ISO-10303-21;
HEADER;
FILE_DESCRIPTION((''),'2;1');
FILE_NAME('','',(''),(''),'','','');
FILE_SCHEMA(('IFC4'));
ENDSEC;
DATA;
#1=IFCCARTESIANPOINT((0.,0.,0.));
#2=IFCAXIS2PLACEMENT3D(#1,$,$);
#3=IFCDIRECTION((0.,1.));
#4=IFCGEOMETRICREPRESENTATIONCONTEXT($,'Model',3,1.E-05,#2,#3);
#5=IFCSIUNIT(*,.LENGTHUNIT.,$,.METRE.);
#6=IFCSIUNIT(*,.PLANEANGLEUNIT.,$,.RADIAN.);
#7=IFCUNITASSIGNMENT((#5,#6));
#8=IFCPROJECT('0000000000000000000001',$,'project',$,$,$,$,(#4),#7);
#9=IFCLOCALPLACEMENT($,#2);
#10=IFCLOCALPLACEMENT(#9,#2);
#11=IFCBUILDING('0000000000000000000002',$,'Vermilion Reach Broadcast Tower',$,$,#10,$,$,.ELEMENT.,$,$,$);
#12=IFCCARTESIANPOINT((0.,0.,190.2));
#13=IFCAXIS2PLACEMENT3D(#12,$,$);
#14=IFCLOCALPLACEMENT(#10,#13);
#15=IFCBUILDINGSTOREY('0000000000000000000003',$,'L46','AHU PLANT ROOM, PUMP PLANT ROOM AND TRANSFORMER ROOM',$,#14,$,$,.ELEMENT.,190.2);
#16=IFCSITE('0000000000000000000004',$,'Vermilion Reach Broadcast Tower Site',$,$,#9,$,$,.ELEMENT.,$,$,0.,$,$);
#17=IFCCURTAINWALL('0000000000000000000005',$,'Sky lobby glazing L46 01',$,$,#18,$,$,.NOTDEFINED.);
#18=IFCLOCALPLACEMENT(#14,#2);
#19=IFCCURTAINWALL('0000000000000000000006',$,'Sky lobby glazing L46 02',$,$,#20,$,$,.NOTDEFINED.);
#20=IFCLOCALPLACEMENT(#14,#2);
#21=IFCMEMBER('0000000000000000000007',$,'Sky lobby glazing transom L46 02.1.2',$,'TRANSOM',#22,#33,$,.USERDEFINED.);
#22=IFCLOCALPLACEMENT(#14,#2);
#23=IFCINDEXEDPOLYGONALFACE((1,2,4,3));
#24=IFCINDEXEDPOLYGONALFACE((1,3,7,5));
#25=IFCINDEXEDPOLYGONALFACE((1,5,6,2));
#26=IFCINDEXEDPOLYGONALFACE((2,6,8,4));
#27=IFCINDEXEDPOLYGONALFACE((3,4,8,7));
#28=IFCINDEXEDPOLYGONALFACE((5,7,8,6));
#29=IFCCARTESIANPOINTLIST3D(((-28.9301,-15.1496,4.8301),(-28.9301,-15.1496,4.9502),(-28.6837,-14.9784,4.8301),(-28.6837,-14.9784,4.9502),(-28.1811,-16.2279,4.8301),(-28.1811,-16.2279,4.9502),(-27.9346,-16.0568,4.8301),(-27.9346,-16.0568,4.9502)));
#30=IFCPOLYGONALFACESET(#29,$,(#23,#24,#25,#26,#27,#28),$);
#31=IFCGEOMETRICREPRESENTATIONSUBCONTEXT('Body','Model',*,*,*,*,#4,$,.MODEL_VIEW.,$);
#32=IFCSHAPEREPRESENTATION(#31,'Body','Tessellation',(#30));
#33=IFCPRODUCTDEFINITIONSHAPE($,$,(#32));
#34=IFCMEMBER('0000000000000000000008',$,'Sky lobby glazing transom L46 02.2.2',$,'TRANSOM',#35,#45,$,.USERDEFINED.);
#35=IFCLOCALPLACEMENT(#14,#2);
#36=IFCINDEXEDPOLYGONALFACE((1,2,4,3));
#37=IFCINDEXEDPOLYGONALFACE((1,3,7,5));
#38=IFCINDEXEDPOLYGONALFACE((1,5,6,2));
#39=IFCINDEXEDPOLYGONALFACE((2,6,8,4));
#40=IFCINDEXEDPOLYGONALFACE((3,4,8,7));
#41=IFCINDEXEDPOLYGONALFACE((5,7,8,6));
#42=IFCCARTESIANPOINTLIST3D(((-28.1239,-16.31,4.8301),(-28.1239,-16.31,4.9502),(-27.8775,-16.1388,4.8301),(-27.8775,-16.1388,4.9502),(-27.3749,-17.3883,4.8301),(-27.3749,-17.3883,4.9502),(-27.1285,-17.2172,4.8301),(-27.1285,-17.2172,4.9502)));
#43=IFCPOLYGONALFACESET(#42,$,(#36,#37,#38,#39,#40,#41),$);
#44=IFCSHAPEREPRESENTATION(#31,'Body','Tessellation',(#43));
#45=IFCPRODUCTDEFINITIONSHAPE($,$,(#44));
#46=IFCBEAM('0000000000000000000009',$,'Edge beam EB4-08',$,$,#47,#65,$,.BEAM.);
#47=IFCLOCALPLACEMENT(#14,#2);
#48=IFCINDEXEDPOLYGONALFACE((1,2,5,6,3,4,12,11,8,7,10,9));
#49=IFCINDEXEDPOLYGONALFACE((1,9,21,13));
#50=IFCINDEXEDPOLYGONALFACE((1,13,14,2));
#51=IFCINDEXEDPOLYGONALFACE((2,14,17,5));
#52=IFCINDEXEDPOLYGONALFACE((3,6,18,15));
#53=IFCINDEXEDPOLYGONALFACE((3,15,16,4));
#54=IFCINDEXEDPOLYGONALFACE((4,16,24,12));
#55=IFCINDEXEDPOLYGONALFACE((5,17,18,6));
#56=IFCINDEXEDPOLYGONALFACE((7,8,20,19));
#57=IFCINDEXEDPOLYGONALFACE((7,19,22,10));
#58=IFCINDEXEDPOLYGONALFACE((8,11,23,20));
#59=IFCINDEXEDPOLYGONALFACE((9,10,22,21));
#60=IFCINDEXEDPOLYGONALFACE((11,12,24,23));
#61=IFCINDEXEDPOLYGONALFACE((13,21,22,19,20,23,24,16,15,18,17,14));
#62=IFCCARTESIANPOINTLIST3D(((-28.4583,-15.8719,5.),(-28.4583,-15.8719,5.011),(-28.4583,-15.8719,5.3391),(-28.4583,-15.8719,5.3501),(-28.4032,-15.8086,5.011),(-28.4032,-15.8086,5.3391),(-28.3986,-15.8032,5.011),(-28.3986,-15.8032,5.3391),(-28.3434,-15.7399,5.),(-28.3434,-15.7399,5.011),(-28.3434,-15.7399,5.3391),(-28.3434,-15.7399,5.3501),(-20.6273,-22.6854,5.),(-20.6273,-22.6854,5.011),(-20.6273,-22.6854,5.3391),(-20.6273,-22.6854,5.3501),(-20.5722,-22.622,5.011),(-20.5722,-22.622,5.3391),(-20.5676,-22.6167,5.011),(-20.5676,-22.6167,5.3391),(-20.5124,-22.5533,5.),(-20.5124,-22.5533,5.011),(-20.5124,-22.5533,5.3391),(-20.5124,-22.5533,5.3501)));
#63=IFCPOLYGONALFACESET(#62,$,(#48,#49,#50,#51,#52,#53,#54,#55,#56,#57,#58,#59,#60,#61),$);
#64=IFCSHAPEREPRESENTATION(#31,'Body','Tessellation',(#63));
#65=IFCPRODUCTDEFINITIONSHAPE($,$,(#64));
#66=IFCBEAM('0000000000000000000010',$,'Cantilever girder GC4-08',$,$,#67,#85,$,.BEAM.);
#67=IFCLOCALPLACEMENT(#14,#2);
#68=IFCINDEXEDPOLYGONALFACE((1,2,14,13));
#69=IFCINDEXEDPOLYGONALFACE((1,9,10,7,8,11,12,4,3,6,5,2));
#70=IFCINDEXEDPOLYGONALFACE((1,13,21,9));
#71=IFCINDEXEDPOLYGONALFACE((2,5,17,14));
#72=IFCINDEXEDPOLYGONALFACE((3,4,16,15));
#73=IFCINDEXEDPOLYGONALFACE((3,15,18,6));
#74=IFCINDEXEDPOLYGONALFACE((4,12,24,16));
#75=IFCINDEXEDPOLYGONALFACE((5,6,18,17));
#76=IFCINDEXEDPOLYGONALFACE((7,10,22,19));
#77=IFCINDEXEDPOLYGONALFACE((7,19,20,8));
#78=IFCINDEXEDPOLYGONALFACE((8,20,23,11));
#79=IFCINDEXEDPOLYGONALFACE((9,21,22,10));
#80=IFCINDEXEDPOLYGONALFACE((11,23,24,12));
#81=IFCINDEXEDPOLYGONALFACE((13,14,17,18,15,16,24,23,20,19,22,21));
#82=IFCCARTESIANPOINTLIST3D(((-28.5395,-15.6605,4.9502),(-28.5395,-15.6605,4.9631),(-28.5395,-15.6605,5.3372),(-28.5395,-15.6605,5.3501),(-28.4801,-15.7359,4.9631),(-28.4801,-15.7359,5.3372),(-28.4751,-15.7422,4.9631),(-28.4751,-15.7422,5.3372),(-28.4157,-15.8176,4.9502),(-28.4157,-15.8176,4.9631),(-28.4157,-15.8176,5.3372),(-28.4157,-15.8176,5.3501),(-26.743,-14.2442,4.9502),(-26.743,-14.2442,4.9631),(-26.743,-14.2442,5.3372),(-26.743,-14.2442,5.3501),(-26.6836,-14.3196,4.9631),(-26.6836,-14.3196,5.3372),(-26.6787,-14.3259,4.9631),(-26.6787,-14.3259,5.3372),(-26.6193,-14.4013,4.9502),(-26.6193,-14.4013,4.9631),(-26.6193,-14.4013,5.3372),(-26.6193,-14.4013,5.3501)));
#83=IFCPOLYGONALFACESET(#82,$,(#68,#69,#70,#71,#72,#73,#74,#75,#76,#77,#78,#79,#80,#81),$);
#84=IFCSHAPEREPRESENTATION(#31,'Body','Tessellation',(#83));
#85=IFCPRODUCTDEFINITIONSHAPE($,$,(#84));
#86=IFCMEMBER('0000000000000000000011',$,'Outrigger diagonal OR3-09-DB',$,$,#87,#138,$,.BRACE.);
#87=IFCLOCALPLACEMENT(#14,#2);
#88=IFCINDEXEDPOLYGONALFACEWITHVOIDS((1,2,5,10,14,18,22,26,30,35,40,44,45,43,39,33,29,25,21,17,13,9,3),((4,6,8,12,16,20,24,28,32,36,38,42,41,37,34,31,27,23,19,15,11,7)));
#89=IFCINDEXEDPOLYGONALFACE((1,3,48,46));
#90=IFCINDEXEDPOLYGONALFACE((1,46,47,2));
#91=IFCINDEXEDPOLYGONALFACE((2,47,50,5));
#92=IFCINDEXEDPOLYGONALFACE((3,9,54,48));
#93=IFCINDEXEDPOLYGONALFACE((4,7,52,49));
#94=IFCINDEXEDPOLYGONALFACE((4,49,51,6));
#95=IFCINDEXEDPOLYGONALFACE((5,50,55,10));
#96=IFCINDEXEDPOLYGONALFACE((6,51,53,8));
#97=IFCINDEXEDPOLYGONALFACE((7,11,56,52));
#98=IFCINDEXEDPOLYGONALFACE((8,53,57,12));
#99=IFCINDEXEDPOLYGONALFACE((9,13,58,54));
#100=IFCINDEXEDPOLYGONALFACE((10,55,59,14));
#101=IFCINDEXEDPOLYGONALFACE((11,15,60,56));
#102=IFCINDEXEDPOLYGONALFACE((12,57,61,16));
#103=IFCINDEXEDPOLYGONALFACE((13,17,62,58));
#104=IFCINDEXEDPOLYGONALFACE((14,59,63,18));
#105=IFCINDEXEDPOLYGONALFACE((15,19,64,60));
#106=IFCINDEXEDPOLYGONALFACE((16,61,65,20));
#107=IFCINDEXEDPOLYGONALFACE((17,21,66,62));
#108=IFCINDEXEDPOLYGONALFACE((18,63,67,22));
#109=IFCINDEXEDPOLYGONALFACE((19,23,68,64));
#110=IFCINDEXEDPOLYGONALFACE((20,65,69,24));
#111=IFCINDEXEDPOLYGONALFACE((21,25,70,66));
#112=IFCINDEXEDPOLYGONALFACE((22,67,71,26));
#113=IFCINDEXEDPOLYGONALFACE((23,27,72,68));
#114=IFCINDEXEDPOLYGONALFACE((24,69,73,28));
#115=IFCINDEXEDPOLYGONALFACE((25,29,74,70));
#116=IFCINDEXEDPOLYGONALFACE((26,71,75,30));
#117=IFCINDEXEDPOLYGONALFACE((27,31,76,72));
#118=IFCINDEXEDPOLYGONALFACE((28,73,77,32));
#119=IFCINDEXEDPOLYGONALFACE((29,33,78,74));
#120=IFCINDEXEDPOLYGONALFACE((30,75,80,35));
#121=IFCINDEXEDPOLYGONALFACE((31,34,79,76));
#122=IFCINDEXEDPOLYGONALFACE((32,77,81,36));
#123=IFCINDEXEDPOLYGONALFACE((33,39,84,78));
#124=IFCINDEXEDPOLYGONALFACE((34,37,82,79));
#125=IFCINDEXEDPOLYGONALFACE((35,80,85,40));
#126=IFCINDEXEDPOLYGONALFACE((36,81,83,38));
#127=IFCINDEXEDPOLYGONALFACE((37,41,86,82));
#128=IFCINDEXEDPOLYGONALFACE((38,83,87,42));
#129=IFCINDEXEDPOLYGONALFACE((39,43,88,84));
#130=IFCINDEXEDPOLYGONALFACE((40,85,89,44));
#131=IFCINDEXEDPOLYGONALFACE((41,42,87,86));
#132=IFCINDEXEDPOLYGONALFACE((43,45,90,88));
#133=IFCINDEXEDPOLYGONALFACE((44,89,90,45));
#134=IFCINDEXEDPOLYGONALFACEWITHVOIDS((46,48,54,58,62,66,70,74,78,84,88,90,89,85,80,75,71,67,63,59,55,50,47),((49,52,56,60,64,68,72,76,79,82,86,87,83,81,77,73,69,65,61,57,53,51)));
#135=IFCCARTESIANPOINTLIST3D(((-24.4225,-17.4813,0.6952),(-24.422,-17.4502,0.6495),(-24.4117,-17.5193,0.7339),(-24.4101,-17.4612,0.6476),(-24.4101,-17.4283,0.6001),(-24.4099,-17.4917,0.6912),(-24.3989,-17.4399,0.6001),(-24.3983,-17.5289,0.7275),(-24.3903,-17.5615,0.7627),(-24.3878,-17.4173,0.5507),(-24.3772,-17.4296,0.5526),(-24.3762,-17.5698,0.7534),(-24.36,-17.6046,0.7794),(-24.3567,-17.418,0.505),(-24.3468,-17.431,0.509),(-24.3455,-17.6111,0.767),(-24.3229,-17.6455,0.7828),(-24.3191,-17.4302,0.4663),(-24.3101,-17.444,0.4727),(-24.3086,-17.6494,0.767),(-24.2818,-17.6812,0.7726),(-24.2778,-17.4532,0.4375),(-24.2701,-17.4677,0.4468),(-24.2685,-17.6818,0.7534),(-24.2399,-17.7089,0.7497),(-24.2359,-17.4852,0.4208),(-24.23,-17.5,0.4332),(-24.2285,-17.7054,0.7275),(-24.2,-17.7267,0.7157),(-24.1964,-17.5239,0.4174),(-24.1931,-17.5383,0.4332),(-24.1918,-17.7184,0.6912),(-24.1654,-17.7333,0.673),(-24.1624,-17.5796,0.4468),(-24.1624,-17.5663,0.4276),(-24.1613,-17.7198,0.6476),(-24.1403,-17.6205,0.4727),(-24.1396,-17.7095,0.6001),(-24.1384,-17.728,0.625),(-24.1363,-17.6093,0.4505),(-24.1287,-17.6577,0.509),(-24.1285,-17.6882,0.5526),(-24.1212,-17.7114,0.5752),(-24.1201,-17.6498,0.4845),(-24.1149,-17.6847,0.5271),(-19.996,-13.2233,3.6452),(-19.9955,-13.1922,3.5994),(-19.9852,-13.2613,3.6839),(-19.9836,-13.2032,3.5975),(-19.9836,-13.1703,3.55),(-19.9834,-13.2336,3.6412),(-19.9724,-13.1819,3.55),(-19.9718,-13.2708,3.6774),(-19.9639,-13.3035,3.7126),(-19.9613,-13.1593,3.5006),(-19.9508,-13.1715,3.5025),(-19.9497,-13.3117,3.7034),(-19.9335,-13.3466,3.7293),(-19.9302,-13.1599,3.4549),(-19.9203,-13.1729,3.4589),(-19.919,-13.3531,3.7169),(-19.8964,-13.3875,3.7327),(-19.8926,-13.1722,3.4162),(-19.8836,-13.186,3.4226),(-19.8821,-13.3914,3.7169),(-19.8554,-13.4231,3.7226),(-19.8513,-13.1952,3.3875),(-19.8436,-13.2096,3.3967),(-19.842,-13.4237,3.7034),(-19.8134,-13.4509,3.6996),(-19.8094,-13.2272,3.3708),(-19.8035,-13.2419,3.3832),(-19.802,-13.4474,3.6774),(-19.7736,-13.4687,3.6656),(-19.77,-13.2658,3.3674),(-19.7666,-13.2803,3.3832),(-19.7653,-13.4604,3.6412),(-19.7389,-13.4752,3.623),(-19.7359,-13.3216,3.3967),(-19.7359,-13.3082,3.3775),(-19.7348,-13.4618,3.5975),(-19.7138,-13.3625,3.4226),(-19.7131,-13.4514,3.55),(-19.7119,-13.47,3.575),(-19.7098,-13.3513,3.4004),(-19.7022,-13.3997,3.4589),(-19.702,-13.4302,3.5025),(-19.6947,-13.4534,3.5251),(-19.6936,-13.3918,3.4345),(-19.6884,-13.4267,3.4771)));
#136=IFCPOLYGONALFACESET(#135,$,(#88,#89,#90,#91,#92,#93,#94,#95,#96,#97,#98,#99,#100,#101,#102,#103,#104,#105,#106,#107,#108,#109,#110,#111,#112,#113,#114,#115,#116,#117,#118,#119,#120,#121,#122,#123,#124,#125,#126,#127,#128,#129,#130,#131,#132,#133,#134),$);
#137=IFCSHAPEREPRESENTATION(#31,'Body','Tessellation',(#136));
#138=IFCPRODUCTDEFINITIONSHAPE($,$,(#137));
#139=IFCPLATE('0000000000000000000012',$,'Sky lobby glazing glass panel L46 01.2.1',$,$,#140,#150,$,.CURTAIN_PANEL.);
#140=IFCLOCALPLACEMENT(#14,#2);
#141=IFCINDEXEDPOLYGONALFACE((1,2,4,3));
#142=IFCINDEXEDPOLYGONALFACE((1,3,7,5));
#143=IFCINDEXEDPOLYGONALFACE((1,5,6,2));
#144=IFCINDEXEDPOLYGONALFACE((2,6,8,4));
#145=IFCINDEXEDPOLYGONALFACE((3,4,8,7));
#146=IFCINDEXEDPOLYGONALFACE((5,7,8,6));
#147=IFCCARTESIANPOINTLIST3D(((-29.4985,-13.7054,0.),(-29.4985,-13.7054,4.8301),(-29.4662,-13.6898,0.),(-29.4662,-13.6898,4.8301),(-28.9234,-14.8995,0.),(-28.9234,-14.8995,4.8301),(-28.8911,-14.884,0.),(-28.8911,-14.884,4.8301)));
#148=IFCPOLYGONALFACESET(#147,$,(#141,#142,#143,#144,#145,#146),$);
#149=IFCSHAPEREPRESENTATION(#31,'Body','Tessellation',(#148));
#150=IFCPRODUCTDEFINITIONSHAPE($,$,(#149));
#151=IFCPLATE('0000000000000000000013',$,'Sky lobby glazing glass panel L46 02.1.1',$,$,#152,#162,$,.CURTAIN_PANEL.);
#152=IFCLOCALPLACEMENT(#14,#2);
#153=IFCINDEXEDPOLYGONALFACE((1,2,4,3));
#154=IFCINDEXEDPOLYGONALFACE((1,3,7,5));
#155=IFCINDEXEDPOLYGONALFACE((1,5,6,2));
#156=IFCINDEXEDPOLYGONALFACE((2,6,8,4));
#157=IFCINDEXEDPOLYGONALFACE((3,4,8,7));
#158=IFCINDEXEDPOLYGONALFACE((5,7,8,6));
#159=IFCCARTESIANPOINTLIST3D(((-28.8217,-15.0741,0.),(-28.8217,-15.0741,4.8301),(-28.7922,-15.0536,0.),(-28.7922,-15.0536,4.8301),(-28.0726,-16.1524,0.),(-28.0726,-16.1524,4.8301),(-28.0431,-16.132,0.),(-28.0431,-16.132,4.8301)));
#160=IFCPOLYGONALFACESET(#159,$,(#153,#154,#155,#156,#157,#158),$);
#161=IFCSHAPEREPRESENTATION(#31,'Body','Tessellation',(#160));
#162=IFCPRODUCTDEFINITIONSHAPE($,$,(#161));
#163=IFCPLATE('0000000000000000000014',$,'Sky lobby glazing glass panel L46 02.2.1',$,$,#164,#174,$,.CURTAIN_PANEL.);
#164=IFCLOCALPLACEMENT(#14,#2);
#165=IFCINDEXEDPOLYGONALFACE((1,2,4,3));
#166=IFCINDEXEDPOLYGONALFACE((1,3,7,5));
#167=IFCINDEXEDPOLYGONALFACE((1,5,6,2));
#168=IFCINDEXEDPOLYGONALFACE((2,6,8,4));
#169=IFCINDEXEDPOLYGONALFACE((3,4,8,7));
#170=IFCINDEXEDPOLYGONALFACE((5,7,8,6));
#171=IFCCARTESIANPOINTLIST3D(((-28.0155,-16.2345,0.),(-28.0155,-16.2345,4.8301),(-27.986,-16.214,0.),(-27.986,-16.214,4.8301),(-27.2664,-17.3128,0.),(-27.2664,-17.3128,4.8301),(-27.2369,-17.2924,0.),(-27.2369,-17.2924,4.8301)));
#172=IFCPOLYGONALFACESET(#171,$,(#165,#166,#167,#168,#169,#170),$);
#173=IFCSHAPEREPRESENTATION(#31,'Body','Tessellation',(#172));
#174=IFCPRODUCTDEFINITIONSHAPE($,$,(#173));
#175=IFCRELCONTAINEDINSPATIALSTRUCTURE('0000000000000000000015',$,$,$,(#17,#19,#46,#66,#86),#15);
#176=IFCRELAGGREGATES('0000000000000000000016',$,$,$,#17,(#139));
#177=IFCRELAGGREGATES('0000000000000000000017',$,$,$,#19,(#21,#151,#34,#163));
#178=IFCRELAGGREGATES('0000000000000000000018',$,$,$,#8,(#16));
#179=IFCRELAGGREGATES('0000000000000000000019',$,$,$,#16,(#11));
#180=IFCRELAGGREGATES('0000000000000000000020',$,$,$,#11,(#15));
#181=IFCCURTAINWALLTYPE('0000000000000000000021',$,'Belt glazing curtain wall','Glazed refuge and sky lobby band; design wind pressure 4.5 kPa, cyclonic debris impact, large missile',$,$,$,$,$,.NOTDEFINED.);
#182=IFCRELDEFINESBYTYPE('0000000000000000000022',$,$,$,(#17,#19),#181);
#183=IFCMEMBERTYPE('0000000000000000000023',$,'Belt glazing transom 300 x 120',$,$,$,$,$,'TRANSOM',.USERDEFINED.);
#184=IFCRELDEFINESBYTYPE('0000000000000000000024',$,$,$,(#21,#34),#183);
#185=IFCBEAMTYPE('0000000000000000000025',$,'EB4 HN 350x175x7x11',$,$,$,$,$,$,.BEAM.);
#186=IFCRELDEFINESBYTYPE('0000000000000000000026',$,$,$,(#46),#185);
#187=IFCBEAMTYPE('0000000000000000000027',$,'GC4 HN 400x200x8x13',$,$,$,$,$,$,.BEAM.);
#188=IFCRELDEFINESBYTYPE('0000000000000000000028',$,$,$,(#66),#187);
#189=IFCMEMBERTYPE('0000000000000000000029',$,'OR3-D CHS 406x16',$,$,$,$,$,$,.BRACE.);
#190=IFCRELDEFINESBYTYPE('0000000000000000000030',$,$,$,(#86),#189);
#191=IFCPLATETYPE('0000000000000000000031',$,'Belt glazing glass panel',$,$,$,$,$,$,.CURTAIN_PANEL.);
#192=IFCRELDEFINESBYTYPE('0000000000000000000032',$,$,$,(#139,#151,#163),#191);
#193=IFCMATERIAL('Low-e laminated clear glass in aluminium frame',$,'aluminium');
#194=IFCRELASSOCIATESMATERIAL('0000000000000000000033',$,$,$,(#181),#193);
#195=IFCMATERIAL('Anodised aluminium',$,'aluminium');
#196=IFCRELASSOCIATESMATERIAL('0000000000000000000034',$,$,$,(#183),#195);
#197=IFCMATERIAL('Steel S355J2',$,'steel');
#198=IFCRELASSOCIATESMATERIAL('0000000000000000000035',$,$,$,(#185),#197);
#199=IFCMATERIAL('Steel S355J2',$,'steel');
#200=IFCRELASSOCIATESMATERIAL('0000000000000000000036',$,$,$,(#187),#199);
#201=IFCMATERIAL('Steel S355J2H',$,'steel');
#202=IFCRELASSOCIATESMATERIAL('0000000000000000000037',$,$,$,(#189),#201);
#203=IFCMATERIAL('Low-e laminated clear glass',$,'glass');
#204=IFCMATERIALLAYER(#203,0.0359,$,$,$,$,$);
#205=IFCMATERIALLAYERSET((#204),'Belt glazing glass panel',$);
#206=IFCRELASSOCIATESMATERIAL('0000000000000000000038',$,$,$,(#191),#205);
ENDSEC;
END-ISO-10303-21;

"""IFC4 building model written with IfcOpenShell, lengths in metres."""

from ifc_helpers import new_model, si_unit, direction, frame, origin, origin_2d, place, context, subcontext, project, spatial, rectangle, hollow_circle, i_section, extrude, material, layer, layer_set, material_profile, profile_set, type_object, element, aggregate, save


model = new_model("IFC4")

# Units and contexts
model_context = context("Model", 3, precision=1e-05, world=origin(), true_north=direction((0.0, 1.0)))
body_context = subcontext(model_context, "Body", "Model", "MODEL_VIEW")
ifc_project = project(units=[si_unit("LENGTHUNIT", "METRE"), si_unit("PLANEANGLEUNIT", "RADIAN")], contexts=[model_context])

# Site, building, storey
site_placement = place(None, origin())
site = spatial("IfcSite", under=ifc_project, at=site_placement, Name="Vermilion Reach Broadcast Tower Site", CompositionType="ELEMENT", RefElevation=0.0)
building_placement = place(site_placement, origin())
building = spatial("IfcBuilding", under=site, at=building_placement, Name="Vermilion Reach Broadcast Tower", CompositionType="ELEMENT")
storey_placement = place(building_placement, frame((0.0, 0.0, 190.2)))
storey = spatial("IfcBuildingStorey", under=building, at=storey_placement, Name="L46", Description="AHU PLANT ROOM, PUMP PLANT ROOM AND TRANSFORMER ROOM", CompositionType="ELEMENT", Elevation=190.2)

# Curtain walls
ifc_material_1 = material(Name="Low-e laminated clear glass in aluminium frame", Category="aluminium")
curtain_wall_type = type_object("IfcCurtainWallType", Name="Belt glazing curtain wall", Description="Glazed refuge and sky lobby band; design wind pressure 4.5 kPa, cyclonic debris impact, large missile", PredefinedType="NOTDEFINED", material=ifc_material_1)
placement = place(storey_placement, origin())
curtain_wall_1 = element("IfcCurtainWall", 1, at=placement, inside=storey, type_object=curtain_wall_type, Name="Sky lobby glazing L46 01", PredefinedType="NOTDEFINED")
curtain_wall_2 = element("IfcCurtainWall", 2, at=placement, inside=storey, type_object=curtain_wall_type, Name="Sky lobby glazing L46 02", PredefinedType="NOTDEFINED")

# Members
ifc_material_2 = material(Name="Anodised aluminium", Category="aluminium")
ifc_material_profile_1 = material_profile(ifc_material_2, rectangle(XDim=0.3, YDim=0.1201, at=origin_2d()), Name="Belt glazing transom 300 x 120")
ifc_profile_set_1 = profile_set([ifc_material_profile_1], Name="Anodised aluminium")
member_type_1 = type_object("IfcMemberType", Name="Belt glazing transom 300 x 120", ElementType="TRANSOM", PredefinedType="USERDEFINED", material=ifc_profile_set_1)
member_1_placement = place(storey_placement, frame((-28.8069, -15.064, 4.8901), z_axis=(0.570476, -0.821314, 0.0), x_axis=(0.821314, 0.570476, 0.0)))
member_1 = element("IfcMember", 3, at=member_1_placement, type_object=member_type_1, Name="Sky lobby glazing transom L46 02.1.2", ObjectType="TRANSOM", PredefinedType="USERDEFINED", context=body_context, shape_type="SweptSolid", body=[
    extrude(rectangle(XDim=0.3, YDim=0.1201, at=origin_2d()), origin(), (0.0, 0.0, 1.0), 1.313),
])
member_2_placement = place(storey_placement, frame((-28.0007, -16.2244, 4.8901), z_axis=(0.570476, -0.821314, 0.0), x_axis=(0.821314, 0.570476, 0.0)))
member_2 = element("IfcMember", 4, at=member_2_placement, type_object=member_type_1, Name="Sky lobby glazing transom L46 02.2.2", ObjectType="TRANSOM", PredefinedType="USERDEFINED", context=body_context, shape_type="SweptSolid", body=[
    extrude(rectangle(XDim=0.3, YDim=0.1201, at=origin_2d()), origin(), (0.0, 0.0, 1.0), 1.313),
])

# Beams
ifc_material_3 = material(Name="Steel S355J2", Category="steel")
ifc_material_profile_2 = material_profile(ifc_material_3, i_section(OverallWidth=0.175, OverallDepth=0.3501, WebThickness=0.0071, FlangeThickness=0.011, at=origin_2d()), Name="S355J2 HN 350x175x7x11")
ifc_profile_set_2 = profile_set([ifc_material_profile_2], Name="Steel S355J2")
beam_type_1 = type_object("IfcBeamType", Name="EB4 HN 350x175x7x11", PredefinedType="BEAM", material=ifc_profile_set_2)
beam_1_placement = place(storey_placement, frame((-28.4009, -15.8059, 5.175), z_axis=(0.754421, -0.656391, 0.0), x_axis=(0.656391, 0.754421, 0.0)))
element("IfcBeam", 5, at=beam_1_placement, inside=storey, type_object=beam_type_1, Name="Edge beam EB4-08", PredefinedType="BEAM", context=body_context, shape_type="SweptSolid", body=[
    extrude(i_section(OverallWidth=0.175, OverallDepth=0.3501, WebThickness=0.0071, FlangeThickness=0.011, at=origin_2d()), origin(), (0.0, 0.0, 1.0), 10.3801),
])
ifc_material_4 = material(Name="Steel S355J2", Category="steel")
ifc_material_profile_3 = material_profile(ifc_material_4, i_section(OverallWidth=0.2, OverallDepth=0.3999, WebThickness=0.0081, FlangeThickness=0.0129, at=origin_2d()), Name="S355J2 HN 400x200x8x13")
ifc_profile_set_3 = profile_set([ifc_material_profile_3], Name="Steel S355J2")
beam_type_2 = type_object("IfcBeamType", Name="GC4 HN 400x200x8x13", PredefinedType="BEAM", material=ifc_profile_set_3)
beam_2_placement = place(storey_placement, frame((-26.6812, -14.3228, 5.1501), z_axis=(-0.785295, -0.619122, 0.0), x_axis=(0.619122, -0.785295, 0.0)))
element("IfcBeam", 6, at=beam_2_placement, inside=storey, type_object=beam_type_2, Name="Cantilever girder GC4-08", PredefinedType="BEAM", context=body_context, shape_type="SweptSolid", body=[
    extrude(i_section(OverallWidth=0.2, OverallDepth=0.3999, WebThickness=0.0081, FlangeThickness=0.0129, at=origin_2d()), origin(), (0.0, 0.0, 1.0), 2.2876),
])

# Member
ifc_material_5 = material(Name="Steel S355J2H", Category="steel")
ifc_material_profile_4 = material_profile(ifc_material_5, hollow_circle(Radius=0.2031, WallThickness=0.0161, at=origin_2d()), Name="S355J2H CHS 406x16")
ifc_profile_set_4 = profile_set([ifc_material_profile_4], Name="Steel S355J2H")
member_type_2 = type_object("IfcMemberType", Name="OR3-D CHS 406x16", PredefinedType="BRACE", material=ifc_profile_set_4)
member_3_placement = place(storey_placement, frame((-24.2693, -17.5747, 0.6001), z_axis=(0.649644, 0.624921, 0.43294), x_axis=(-0.69326, 0.720687, 0.0)))
element("IfcMember", 7, at=member_3_placement, inside=storey, type_object=member_type_2, Name="Outrigger diagonal OR3-09-DB", PredefinedType="BRACE", context=body_context, shape_type="SweptSolid", body=[
    extrude(hollow_circle(Radius=0.2031, WallThickness=0.0161, at=origin_2d()), origin(), (0.0, 0.0, 1.0), 6.8137),
])

# Plates
ifc_material_6 = material(Name="Low-e laminated clear glass", Category="glass")
ifc_layer_1 = layer(ifc_material_6, 0.0359)
ifc_layer_set_1 = layer_set([ifc_layer_1], Name="Belt glazing glass panel")
plate_type = type_object("IfcPlateType", Name="Belt glazing glass panel", PredefinedType="CURTAIN_PANEL", material=ifc_layer_set_1)
plate_1_placement = place(storey_placement, frame((-29.1948, -14.2947, 0.0), z_axis=(0.0, 0.0, 1.0), x_axis=(0.433902, -0.90096, 0.0)))
plate_1 = element("IfcPlate", 8, at=plate_1_placement, type_object=plate_type, Name="Sky lobby glazing glass panel L46 01.2.1", PredefinedType="CURTAIN_PANEL", context=body_context, shape_type="SweptSolid", body=[
    extrude(rectangle(XDim=1.3254, YDim=0.0359, at=origin_2d()), origin(), (0.0, 0.0, 1.0), 4.8301),
])
aggregate(curtain_wall_1, [plate_1])
plate_2_placement = place(storey_placement, frame((-28.4324, -15.603, 0.0), z_axis=(0.0, 0.0, 1.0), x_axis=(0.570524, -0.821281, 0.0)))
plate_2 = element("IfcPlate", 9, at=plate_2_placement, type_object=plate_type, Name="Sky lobby glazing glass panel L46 02.1.1", PredefinedType="CURTAIN_PANEL", context=body_context, shape_type="SweptSolid", body=[
    extrude(rectangle(XDim=1.313, YDim=0.0359, at=origin_2d()), origin(), (0.0, 0.0, 1.0), 4.8301),
])
plate_3_placement = place(storey_placement, frame((-27.6262, -16.7634, 0.0), z_axis=(0.0, 0.0, 1.0), x_axis=(0.570524, -0.821281, 0.0)))
plate_3 = element("IfcPlate", 10, at=plate_3_placement, type_object=plate_type, Name="Sky lobby glazing glass panel L46 02.2.1", PredefinedType="CURTAIN_PANEL", context=body_context, shape_type="SweptSolid", body=[
    extrude(rectangle(XDim=1.313, YDim=0.0359, at=origin_2d()), origin(), (0.0, 0.0, 1.0), 4.8301),
])
aggregate(curtain_wall_2, [member_1, plate_2, member_2, plate_3])

save(model, "model.ifc")
